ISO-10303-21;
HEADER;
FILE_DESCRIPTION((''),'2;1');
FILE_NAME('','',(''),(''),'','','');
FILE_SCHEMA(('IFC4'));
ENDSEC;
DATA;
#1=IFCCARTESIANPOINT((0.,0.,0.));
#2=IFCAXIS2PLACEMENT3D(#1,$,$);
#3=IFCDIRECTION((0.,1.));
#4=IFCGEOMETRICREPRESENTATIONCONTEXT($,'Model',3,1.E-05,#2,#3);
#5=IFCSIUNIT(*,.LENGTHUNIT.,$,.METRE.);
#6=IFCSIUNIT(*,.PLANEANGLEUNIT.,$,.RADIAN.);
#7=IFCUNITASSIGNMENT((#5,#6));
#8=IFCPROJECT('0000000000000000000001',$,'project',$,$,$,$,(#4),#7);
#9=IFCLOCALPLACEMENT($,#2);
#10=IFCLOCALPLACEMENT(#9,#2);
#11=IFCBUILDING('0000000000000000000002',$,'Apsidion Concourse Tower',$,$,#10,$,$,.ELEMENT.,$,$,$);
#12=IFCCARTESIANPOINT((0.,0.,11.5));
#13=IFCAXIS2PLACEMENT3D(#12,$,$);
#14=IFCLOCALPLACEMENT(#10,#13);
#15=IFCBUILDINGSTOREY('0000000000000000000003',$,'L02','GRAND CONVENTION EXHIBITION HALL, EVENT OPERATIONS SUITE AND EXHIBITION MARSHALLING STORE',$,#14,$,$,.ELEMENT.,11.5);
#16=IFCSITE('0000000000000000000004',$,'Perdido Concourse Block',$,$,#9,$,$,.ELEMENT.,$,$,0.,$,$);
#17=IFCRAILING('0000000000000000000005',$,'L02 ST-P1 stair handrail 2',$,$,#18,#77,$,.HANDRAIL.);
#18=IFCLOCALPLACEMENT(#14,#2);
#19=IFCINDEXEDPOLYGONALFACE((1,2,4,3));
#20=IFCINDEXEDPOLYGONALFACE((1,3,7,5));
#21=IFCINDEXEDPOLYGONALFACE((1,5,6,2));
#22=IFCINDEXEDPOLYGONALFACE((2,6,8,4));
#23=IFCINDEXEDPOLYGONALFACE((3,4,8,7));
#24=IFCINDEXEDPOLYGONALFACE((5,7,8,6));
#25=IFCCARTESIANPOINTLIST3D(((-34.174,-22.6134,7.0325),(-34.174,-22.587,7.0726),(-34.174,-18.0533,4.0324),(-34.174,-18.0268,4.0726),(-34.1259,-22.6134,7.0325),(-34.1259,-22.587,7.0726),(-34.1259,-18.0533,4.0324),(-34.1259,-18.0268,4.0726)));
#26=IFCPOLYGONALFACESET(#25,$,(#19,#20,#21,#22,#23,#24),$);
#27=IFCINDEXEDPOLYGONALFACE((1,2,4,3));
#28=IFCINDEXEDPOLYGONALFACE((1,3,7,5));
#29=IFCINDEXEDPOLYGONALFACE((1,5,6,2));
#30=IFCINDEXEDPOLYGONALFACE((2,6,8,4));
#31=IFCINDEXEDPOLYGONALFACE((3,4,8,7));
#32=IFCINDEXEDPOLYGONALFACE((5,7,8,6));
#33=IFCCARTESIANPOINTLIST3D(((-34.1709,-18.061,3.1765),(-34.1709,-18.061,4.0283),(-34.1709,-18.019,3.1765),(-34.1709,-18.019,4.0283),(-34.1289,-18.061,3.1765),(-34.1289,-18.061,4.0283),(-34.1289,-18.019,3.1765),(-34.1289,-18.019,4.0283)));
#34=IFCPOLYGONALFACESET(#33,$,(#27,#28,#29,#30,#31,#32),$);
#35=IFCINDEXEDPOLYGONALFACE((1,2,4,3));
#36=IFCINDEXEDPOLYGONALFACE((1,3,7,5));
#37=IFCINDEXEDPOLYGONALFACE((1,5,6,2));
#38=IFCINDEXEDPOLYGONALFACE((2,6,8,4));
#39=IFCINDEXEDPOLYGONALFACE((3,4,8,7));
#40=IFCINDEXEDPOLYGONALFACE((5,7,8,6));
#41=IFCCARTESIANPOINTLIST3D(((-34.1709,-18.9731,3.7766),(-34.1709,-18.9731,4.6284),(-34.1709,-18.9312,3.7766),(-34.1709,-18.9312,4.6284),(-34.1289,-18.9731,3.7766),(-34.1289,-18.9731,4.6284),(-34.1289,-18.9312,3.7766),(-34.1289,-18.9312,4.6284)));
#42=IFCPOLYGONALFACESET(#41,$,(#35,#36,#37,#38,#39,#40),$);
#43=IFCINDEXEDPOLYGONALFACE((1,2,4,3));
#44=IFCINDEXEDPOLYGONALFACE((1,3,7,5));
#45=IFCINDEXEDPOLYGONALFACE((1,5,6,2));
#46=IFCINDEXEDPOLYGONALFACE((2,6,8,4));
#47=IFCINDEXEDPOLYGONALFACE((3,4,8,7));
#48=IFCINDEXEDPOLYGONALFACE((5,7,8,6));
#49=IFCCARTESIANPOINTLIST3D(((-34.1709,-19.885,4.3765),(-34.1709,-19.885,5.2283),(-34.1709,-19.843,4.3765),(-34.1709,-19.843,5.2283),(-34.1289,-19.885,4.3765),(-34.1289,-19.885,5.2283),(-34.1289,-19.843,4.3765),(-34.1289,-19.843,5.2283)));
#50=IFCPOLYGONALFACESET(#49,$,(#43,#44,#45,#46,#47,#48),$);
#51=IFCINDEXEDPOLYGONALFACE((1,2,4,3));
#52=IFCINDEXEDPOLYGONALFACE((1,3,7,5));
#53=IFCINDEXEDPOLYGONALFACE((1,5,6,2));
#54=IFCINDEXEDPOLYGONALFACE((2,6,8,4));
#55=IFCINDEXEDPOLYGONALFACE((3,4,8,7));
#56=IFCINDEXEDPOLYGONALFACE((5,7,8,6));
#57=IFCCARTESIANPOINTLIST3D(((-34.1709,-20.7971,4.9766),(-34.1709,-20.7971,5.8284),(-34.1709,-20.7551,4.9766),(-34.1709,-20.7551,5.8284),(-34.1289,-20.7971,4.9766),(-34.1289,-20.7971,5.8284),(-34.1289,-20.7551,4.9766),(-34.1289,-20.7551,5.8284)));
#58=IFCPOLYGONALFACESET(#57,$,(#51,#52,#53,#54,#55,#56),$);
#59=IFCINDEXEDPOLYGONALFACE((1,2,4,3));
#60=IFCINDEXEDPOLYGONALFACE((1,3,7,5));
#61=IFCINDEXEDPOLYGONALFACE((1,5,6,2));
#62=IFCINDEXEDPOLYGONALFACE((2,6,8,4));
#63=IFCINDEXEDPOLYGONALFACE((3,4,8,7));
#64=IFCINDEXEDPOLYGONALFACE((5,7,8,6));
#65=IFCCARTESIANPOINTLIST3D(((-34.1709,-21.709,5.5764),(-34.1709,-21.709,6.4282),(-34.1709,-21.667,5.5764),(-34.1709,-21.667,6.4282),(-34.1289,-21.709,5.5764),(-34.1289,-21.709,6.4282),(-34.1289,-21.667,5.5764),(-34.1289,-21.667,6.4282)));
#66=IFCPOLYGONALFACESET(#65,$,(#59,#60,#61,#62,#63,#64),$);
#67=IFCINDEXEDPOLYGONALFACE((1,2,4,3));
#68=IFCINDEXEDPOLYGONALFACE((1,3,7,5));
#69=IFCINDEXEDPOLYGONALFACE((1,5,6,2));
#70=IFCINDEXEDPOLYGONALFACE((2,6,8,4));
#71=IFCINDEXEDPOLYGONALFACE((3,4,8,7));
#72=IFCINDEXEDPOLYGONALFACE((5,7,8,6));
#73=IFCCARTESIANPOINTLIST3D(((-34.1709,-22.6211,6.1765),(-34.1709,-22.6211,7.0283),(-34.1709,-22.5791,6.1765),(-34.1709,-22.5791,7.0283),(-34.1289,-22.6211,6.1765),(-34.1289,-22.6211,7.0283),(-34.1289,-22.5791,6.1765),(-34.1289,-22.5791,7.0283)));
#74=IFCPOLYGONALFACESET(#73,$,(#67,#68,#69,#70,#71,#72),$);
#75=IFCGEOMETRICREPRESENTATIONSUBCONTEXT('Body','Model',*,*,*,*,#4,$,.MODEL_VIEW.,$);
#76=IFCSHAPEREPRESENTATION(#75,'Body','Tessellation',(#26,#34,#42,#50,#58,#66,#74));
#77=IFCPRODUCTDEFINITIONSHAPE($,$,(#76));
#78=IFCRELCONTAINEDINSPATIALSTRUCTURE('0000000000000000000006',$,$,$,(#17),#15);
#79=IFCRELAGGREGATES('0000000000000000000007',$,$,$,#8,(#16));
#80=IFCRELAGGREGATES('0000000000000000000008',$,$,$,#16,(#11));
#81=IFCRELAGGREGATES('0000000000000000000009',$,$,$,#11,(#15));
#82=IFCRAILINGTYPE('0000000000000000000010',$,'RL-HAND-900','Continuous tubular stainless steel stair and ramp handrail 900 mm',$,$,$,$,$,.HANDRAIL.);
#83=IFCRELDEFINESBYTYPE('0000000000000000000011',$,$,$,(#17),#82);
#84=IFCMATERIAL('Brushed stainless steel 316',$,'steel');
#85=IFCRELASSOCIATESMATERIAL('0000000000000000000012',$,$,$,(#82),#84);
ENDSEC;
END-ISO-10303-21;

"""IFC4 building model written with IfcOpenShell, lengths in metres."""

from ifc_helpers import new_model, si_unit, direction, frame, origin, origin_2d, place, context, subcontext, project, spatial, rectangle, extrude, material, type_object, element, save


model = new_model("IFC4")

# Units and contexts
model_context = context("Model", 3, precision=1e-05, world=origin(), true_north=direction((0.0, 1.0)))
body_context = subcontext(model_context, "Body", "Model", "MODEL_VIEW")
ifc_project = project(units=[si_unit("LENGTHUNIT", "METRE"), si_unit("PLANEANGLEUNIT", "RADIAN")], contexts=[model_context])

# Site, building, storey
site_placement = place(None, origin())
site = spatial("IfcSite", under=ifc_project, at=site_placement, Name="Perdido Concourse Block", CompositionType="ELEMENT", RefElevation=0.0)
building_placement = place(site_placement, origin())
building = spatial("IfcBuilding", under=site, at=building_placement, Name="Apsidion Concourse Tower", CompositionType="ELEMENT")
storey_placement = place(building_placement, frame((0.0, 0.0, 11.5)))
storey = spatial("IfcBuildingStorey", under=building, at=storey_placement, Name="L02", Description="GRAND CONVENTION EXHIBITION HALL, EVENT OPERATIONS SUITE AND EXHIBITION MARSHALLING STORE", CompositionType="ELEMENT", Elevation=11.5)

# Shared definitions
ifc_material_1 = material(Name="Brushed stainless steel 316", Category="steel")

# Railing
railing_type_1 = type_object("IfcRailingType", Name="RL-HAND-900", Description="Continuous tubular stainless steel stair and ramp handrail 900 mm", PredefinedType="HANDRAIL", material=ifc_material_1)
railing_1_placement = place(storey_placement, frame((-34.1499, -18.04, 3.1765)))
element("IfcRailing", 1, at=railing_1_placement, inside=storey, type_object=railing_type_1, Name="L02 ST-P1 stair handrail 2", PredefinedType="HANDRAIL", context=body_context, shape_type="SweptSolid", body=[
    extrude(rectangle(XDim=0.0481, YDim=0.0481, at=origin_2d()), frame((0.0, 0.0, 0.876), z_axis=(0.0, -0.83542, 0.549612), x_axis=(1.0, 0.0, 0.0)), (0.0, 0.0, 1.0), 5.4585),
    extrude(rectangle(XDim=0.042, YDim=0.042, at=origin_2d()), origin(), (0.0, 0.0, 1.0), 0.8518),
    extrude(rectangle(XDim=0.042, YDim=0.042, at=origin_2d()), frame((0.0, -0.9121, 0.6001)), (0.0, 0.0, 1.0), 0.8518),
    extrude(rectangle(XDim=0.042, YDim=0.042, at=origin_2d()), frame((0.0, -1.824, 1.2)), (0.0, 0.0, 1.0), 0.8518),
    extrude(rectangle(XDim=0.042, YDim=0.042, at=origin_2d()), frame((0.0, -2.7361, 1.8)), (0.0, 0.0, 1.0), 0.8518),
    extrude(rectangle(XDim=0.042, YDim=0.042, at=origin_2d()), frame((0.0, -3.6479, 2.3999)), (0.0, 0.0, 1.0), 0.8518),
    extrude(rectangle(XDim=0.042, YDim=0.042, at=origin_2d()), frame((0.0, -4.5601, 3.0)), (0.0, 0.0, 1.0), 0.8518),
])

save(model, "model.ifc")
